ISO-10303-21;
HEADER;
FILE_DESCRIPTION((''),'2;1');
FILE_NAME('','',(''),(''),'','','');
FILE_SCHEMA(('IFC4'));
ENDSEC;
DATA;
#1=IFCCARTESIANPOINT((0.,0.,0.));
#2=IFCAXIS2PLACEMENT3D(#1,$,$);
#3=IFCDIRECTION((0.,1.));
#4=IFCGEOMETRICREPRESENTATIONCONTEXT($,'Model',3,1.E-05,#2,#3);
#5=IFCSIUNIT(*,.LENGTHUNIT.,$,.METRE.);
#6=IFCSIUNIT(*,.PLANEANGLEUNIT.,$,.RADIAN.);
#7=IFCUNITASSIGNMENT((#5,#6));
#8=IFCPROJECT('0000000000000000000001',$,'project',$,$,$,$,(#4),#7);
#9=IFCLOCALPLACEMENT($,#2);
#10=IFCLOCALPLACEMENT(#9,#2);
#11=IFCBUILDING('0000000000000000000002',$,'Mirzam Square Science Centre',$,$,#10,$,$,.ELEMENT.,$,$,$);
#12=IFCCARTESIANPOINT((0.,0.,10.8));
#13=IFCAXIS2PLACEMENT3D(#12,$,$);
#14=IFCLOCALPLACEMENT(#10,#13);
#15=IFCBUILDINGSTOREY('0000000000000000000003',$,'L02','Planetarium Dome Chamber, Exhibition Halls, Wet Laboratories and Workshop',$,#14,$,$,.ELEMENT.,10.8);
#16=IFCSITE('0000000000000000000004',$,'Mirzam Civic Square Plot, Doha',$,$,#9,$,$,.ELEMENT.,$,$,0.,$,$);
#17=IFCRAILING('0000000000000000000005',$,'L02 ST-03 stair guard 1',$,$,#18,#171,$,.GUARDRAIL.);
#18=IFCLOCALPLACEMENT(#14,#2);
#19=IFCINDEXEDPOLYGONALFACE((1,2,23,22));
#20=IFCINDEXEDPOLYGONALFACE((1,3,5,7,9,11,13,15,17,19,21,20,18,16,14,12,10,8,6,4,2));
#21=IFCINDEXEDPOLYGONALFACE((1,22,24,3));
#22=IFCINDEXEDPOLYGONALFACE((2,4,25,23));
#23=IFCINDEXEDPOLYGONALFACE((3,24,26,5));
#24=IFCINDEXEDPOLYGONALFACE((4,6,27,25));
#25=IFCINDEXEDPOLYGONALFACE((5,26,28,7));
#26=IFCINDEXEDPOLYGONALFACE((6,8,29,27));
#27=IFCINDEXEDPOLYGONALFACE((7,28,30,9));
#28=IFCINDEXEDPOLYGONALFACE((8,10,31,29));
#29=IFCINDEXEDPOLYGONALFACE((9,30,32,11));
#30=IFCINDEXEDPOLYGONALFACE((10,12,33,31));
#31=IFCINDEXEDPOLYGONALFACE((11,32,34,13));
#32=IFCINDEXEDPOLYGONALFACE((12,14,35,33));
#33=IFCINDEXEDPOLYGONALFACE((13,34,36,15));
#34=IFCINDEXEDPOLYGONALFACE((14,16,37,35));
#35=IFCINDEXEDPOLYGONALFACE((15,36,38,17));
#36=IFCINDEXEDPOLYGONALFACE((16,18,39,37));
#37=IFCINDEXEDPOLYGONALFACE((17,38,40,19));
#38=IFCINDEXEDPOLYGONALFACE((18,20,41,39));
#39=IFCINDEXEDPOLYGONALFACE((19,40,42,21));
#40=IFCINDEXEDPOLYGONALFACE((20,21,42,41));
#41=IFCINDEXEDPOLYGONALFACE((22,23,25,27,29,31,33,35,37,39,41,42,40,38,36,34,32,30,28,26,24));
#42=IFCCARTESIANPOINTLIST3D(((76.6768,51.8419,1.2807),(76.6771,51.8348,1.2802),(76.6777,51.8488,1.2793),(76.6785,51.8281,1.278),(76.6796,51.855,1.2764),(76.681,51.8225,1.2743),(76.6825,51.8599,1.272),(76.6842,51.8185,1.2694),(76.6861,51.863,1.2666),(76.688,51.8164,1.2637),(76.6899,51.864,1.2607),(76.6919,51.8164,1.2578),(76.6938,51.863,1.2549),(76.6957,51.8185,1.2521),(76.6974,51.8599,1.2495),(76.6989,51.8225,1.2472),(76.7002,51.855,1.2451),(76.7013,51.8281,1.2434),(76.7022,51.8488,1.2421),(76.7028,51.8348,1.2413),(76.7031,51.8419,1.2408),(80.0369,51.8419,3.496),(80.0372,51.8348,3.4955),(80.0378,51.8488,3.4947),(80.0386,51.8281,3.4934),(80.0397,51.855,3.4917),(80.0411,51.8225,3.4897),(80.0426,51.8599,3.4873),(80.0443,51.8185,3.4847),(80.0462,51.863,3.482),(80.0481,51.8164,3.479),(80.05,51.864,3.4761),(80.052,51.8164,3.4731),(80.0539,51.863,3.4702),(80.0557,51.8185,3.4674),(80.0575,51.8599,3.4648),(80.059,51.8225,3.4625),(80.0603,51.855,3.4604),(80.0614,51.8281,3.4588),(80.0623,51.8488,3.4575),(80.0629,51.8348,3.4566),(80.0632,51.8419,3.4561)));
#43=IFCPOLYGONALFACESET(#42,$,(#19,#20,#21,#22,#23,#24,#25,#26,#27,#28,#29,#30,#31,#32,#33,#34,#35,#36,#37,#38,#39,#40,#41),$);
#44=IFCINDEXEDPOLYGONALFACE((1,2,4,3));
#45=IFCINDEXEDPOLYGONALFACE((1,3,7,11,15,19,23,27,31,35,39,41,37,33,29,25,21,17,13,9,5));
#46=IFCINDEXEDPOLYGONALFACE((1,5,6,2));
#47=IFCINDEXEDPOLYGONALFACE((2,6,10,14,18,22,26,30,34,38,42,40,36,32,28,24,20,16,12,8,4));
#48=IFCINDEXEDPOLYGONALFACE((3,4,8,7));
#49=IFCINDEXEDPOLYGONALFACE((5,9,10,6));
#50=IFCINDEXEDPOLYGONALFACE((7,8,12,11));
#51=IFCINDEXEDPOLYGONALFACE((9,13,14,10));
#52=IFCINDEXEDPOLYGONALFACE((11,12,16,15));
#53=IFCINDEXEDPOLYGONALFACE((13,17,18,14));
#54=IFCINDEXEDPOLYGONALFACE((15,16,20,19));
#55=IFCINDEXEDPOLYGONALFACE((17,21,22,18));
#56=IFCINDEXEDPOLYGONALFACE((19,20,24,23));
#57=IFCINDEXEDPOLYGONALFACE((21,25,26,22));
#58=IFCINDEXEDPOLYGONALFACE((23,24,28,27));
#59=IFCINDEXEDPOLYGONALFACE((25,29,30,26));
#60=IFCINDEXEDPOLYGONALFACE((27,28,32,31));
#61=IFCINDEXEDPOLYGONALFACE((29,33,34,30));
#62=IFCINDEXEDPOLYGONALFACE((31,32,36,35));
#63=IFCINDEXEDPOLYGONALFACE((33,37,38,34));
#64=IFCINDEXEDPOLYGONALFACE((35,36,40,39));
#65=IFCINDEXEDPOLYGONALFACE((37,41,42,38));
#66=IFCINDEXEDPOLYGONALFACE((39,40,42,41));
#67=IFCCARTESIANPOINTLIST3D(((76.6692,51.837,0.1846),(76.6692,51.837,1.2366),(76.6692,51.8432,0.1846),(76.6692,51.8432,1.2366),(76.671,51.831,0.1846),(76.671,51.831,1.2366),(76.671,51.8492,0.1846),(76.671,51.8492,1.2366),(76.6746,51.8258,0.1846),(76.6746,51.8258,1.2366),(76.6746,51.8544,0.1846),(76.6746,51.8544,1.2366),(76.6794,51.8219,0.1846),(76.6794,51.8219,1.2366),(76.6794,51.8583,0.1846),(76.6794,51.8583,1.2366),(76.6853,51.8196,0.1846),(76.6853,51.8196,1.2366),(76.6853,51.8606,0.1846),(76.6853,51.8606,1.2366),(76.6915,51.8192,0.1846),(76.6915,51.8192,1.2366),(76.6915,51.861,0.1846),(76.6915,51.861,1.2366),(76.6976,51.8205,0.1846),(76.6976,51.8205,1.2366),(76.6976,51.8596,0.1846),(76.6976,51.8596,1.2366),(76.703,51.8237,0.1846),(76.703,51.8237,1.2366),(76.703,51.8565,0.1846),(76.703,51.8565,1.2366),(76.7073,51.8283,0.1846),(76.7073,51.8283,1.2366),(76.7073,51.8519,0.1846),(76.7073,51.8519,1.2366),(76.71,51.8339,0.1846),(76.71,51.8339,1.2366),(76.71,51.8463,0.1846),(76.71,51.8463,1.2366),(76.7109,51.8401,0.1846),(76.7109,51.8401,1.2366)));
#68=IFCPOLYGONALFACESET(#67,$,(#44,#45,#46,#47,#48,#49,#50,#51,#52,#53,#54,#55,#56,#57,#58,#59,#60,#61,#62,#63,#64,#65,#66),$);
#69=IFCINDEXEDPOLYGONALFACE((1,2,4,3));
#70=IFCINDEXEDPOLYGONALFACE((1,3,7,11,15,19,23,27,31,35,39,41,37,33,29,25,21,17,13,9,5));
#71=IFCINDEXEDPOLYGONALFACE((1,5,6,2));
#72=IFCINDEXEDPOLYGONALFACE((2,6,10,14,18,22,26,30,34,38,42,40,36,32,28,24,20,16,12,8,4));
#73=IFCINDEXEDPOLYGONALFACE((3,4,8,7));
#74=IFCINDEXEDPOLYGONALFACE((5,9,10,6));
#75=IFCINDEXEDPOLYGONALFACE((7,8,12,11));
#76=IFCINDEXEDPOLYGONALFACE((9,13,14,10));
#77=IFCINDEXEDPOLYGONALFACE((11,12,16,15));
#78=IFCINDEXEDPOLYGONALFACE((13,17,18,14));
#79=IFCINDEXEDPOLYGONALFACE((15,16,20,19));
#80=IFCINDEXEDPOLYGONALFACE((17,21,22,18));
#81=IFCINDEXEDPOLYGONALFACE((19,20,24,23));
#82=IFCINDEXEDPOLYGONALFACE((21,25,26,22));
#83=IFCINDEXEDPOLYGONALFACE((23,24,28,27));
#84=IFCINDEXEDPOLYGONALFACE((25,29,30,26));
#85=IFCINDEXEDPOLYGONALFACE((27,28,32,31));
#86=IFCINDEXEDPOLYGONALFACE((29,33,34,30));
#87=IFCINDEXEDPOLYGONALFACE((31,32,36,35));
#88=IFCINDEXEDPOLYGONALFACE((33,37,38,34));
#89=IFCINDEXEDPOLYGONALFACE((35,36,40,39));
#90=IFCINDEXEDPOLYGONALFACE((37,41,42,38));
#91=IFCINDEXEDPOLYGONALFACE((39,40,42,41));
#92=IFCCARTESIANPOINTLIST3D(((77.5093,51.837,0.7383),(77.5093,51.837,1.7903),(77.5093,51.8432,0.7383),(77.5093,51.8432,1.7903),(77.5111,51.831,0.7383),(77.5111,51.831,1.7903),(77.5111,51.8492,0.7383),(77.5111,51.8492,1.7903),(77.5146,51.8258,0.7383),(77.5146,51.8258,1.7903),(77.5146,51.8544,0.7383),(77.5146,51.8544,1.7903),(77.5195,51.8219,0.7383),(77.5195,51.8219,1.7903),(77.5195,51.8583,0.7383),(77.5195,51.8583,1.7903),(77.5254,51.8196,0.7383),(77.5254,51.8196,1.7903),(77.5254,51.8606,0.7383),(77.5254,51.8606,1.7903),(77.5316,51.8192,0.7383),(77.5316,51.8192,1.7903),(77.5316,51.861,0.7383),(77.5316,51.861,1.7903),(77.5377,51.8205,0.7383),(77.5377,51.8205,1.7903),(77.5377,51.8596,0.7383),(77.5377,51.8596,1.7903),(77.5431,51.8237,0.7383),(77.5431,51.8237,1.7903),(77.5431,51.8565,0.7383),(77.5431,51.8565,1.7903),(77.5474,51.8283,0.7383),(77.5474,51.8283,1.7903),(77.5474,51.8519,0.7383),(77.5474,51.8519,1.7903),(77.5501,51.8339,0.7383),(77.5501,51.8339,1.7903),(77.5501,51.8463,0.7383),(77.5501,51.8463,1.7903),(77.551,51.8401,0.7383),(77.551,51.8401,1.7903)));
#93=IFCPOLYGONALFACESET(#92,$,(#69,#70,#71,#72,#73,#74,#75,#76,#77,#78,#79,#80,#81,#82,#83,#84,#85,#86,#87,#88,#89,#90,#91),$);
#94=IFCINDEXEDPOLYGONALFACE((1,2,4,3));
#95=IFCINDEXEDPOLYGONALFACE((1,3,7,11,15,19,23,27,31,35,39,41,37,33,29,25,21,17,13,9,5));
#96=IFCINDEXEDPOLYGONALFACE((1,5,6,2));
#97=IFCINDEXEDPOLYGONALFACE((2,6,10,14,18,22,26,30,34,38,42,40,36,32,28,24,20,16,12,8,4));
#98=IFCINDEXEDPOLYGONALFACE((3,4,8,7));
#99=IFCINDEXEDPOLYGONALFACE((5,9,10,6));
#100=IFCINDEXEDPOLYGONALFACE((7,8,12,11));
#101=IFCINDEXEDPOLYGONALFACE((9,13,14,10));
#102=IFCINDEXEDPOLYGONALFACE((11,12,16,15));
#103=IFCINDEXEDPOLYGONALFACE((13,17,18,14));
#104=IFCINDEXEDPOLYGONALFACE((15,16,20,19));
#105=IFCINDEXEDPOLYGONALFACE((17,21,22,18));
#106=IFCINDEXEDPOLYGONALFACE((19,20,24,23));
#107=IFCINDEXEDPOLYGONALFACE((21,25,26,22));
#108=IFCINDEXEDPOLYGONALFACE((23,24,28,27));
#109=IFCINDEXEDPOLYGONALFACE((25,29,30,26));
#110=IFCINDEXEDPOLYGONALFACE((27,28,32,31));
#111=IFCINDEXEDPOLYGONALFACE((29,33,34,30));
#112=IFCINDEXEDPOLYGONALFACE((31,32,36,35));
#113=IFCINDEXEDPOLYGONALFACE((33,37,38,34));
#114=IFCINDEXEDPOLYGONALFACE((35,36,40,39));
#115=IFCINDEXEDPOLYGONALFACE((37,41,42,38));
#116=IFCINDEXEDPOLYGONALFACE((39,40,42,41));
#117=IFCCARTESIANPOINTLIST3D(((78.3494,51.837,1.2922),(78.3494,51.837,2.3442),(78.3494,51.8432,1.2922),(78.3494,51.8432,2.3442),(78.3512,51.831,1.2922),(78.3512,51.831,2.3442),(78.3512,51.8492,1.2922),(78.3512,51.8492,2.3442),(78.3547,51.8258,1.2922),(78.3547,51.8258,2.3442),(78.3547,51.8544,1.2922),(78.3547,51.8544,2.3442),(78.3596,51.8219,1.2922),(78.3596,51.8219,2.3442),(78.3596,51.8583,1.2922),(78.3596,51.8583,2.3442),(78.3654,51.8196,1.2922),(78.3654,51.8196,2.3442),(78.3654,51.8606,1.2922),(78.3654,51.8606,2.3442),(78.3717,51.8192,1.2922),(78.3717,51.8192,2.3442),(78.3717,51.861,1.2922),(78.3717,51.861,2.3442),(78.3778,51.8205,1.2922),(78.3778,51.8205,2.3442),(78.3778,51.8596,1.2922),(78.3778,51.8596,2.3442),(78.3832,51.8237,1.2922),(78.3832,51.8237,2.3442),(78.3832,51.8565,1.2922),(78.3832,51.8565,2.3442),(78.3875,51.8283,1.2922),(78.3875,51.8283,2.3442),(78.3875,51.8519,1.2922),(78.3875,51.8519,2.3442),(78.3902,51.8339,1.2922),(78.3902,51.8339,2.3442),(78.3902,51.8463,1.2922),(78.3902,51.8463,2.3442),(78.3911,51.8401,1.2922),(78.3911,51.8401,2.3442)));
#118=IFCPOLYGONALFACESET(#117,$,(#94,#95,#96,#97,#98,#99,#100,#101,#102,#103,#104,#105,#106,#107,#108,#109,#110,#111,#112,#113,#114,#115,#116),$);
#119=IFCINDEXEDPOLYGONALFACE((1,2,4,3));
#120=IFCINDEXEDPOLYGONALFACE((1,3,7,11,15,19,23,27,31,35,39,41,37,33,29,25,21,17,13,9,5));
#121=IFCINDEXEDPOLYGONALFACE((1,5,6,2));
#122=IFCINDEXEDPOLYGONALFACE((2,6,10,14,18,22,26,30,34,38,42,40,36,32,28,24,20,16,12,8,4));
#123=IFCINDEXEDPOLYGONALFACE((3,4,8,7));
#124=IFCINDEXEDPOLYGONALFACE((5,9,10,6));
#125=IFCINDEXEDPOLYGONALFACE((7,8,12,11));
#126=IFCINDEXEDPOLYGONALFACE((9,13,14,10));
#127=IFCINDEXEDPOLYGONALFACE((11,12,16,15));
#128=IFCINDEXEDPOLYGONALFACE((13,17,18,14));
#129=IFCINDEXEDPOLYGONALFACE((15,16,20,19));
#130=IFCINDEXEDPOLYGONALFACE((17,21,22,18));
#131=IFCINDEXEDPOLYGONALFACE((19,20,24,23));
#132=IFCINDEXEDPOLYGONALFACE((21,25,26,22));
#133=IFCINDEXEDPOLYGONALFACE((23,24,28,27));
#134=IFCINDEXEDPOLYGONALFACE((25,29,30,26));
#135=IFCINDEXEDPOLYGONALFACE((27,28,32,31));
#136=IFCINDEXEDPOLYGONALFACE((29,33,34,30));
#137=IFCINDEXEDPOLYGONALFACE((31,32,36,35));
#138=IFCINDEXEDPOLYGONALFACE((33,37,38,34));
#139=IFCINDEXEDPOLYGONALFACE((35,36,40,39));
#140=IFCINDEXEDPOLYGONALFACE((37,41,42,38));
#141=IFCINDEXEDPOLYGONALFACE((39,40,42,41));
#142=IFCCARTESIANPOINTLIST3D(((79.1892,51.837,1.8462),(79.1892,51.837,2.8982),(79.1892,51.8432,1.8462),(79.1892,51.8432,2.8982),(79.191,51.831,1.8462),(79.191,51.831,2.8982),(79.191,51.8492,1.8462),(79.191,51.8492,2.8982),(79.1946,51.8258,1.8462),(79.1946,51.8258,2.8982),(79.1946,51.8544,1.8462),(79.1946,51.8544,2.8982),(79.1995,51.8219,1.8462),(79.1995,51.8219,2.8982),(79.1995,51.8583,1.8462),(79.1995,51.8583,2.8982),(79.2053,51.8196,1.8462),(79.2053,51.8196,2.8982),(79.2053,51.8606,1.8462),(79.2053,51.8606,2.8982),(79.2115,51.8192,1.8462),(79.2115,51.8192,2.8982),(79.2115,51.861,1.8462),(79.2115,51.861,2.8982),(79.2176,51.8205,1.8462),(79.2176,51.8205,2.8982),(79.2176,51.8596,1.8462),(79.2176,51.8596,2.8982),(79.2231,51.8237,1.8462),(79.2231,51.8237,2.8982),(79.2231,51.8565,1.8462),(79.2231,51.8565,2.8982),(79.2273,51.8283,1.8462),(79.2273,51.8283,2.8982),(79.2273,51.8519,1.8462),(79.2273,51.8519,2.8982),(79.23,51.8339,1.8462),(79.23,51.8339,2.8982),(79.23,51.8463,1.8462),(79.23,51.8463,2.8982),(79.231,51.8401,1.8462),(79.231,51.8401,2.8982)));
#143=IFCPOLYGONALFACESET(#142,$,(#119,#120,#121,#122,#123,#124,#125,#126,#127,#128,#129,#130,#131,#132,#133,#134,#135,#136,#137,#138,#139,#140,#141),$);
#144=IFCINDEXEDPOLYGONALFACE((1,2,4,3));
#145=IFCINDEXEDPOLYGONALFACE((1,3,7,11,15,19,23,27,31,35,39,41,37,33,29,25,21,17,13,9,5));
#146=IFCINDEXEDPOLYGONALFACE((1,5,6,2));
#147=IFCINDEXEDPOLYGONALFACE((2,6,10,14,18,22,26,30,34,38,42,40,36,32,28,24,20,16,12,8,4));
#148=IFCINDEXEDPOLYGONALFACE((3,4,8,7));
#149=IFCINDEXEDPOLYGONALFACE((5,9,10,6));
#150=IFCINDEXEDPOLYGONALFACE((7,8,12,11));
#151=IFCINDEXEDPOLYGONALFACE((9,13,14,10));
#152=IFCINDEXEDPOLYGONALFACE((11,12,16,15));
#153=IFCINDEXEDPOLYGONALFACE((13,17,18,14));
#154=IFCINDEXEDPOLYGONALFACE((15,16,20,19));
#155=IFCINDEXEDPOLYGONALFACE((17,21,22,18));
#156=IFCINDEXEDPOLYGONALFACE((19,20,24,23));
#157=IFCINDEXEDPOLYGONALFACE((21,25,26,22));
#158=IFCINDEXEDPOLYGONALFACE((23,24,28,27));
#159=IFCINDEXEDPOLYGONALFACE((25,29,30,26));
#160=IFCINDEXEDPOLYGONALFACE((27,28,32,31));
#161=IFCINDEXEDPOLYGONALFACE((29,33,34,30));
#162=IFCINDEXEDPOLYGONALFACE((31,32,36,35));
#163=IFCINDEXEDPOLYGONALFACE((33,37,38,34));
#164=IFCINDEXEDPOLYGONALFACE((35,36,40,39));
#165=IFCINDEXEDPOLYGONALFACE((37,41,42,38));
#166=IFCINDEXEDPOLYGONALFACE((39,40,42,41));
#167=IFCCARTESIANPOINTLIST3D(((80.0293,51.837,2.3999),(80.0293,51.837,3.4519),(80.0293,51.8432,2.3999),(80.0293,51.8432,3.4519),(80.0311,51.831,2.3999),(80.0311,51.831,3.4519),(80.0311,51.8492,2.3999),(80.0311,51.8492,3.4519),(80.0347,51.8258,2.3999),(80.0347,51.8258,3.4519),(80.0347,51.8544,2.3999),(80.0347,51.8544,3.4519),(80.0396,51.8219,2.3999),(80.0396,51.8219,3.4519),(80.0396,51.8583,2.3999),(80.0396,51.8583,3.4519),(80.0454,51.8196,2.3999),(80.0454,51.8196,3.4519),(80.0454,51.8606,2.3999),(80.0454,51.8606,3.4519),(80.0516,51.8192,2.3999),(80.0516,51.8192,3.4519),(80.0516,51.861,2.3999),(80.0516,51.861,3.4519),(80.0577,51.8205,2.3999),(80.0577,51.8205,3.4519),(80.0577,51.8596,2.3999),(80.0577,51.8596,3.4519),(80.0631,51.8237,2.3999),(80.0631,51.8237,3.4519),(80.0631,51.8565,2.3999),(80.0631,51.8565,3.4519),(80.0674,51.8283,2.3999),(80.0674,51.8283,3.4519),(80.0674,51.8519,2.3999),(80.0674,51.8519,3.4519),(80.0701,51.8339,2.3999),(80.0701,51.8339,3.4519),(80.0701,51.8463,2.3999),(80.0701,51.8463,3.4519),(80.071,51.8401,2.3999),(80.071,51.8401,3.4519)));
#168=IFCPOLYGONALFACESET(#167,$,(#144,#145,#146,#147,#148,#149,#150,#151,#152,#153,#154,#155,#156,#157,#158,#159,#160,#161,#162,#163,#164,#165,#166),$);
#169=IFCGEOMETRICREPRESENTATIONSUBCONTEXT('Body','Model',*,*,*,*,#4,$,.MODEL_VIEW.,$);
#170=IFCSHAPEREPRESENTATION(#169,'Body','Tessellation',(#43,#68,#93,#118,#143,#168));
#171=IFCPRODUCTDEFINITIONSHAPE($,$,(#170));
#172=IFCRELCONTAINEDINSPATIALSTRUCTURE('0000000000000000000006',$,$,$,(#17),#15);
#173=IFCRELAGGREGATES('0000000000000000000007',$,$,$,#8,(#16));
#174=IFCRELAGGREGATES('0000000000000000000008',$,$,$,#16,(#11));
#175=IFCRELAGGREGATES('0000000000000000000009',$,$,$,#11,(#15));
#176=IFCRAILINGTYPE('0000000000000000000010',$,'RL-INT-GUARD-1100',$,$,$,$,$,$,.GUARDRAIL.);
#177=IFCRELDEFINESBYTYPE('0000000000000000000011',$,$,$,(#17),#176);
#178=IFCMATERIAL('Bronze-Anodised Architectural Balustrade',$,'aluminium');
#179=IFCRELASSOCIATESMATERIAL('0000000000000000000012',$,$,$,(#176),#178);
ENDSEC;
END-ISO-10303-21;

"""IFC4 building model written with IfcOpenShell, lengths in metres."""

from ifc_helpers import new_model, si_unit, direction, frame, origin, origin_2d, place, context, subcontext, project, spatial, circle, extrude, material, type_object, element, save


model = new_model("IFC4")

# Units and contexts
model_context = context("Model", 3, precision=1e-05, world=origin(), true_north=direction((0.0, 1.0)))
body_context = subcontext(model_context, "Body", "Model", "MODEL_VIEW")
ifc_project = project(units=[si_unit("LENGTHUNIT", "METRE"), si_unit("PLANEANGLEUNIT", "RADIAN")], contexts=[model_context])

# Site, building, storey
site_placement = place(None, origin())
site = spatial("IfcSite", under=ifc_project, at=site_placement, Name="Mirzam Civic Square Plot, Doha", CompositionType="ELEMENT", RefElevation=0.0)
building_placement = place(site_placement, origin())
building = spatial("IfcBuilding", under=site, at=building_placement, Name="Mirzam Square Science Centre", CompositionType="ELEMENT")
storey_placement = place(building_placement, frame((0.0, 0.0, 10.8)))
storey = spatial("IfcBuildingStorey", under=building, at=storey_placement, Name="L02", Description="Planetarium Dome Chamber, Exhibition Halls, Wet Laboratories and Workshop", CompositionType="ELEMENT", Elevation=10.8)

# Railing
ifc_material_1 = material(Name="Bronze-Anodised Architectural Balustrade", Category="aluminium")
railing_type_1 = type_object("IfcRailingType", Name="RL-INT-GUARD-1100", PredefinedType="GUARDRAIL", material=ifc_material_1)
railing_1_placement = place(storey_placement, frame((76.6899, 51.8401, 0.1846)))
element("IfcRailing", 1, at=railing_1_placement, inside=storey, type_object=railing_type_1, Name="L02 ST-03 stair guard 1", PredefinedType="GUARDRAIL", context=body_context, shape_type="SweptSolid", body=[
    extrude(circle(Radius=0.0239, at=origin_2d()), frame((0.0, 0.0, 1.0762), z_axis=(0.834876, 0.0, 0.550437), x_axis=(0.0, 1.0, 0.0)), (0.0, 0.0, 1.0), 4.0247),
    extrude(circle(Radius=0.021, at=origin_2d()), origin(), (0.0, 0.0, 1.0), 1.052),
    extrude(circle(Radius=0.021, at=origin_2d()), frame((0.8401, 0.0, 0.5537)), (0.0, 0.0, 1.0), 1.052),
    extrude(circle(Radius=0.021, at=origin_2d()), frame((1.6802, 0.0, 1.1077)), (0.0, 0.0, 1.0), 1.052),
    extrude(circle(Radius=0.021, at=origin_2d()), frame((2.52, 0.0, 1.6616)), (0.0, 0.0, 1.0), 1.052),
    extrude(circle(Radius=0.021, at=origin_2d()), frame((3.3601, 0.0, 2.2153)), (0.0, 0.0, 1.0), 1.052),
])

save(model, "model.ifc")
